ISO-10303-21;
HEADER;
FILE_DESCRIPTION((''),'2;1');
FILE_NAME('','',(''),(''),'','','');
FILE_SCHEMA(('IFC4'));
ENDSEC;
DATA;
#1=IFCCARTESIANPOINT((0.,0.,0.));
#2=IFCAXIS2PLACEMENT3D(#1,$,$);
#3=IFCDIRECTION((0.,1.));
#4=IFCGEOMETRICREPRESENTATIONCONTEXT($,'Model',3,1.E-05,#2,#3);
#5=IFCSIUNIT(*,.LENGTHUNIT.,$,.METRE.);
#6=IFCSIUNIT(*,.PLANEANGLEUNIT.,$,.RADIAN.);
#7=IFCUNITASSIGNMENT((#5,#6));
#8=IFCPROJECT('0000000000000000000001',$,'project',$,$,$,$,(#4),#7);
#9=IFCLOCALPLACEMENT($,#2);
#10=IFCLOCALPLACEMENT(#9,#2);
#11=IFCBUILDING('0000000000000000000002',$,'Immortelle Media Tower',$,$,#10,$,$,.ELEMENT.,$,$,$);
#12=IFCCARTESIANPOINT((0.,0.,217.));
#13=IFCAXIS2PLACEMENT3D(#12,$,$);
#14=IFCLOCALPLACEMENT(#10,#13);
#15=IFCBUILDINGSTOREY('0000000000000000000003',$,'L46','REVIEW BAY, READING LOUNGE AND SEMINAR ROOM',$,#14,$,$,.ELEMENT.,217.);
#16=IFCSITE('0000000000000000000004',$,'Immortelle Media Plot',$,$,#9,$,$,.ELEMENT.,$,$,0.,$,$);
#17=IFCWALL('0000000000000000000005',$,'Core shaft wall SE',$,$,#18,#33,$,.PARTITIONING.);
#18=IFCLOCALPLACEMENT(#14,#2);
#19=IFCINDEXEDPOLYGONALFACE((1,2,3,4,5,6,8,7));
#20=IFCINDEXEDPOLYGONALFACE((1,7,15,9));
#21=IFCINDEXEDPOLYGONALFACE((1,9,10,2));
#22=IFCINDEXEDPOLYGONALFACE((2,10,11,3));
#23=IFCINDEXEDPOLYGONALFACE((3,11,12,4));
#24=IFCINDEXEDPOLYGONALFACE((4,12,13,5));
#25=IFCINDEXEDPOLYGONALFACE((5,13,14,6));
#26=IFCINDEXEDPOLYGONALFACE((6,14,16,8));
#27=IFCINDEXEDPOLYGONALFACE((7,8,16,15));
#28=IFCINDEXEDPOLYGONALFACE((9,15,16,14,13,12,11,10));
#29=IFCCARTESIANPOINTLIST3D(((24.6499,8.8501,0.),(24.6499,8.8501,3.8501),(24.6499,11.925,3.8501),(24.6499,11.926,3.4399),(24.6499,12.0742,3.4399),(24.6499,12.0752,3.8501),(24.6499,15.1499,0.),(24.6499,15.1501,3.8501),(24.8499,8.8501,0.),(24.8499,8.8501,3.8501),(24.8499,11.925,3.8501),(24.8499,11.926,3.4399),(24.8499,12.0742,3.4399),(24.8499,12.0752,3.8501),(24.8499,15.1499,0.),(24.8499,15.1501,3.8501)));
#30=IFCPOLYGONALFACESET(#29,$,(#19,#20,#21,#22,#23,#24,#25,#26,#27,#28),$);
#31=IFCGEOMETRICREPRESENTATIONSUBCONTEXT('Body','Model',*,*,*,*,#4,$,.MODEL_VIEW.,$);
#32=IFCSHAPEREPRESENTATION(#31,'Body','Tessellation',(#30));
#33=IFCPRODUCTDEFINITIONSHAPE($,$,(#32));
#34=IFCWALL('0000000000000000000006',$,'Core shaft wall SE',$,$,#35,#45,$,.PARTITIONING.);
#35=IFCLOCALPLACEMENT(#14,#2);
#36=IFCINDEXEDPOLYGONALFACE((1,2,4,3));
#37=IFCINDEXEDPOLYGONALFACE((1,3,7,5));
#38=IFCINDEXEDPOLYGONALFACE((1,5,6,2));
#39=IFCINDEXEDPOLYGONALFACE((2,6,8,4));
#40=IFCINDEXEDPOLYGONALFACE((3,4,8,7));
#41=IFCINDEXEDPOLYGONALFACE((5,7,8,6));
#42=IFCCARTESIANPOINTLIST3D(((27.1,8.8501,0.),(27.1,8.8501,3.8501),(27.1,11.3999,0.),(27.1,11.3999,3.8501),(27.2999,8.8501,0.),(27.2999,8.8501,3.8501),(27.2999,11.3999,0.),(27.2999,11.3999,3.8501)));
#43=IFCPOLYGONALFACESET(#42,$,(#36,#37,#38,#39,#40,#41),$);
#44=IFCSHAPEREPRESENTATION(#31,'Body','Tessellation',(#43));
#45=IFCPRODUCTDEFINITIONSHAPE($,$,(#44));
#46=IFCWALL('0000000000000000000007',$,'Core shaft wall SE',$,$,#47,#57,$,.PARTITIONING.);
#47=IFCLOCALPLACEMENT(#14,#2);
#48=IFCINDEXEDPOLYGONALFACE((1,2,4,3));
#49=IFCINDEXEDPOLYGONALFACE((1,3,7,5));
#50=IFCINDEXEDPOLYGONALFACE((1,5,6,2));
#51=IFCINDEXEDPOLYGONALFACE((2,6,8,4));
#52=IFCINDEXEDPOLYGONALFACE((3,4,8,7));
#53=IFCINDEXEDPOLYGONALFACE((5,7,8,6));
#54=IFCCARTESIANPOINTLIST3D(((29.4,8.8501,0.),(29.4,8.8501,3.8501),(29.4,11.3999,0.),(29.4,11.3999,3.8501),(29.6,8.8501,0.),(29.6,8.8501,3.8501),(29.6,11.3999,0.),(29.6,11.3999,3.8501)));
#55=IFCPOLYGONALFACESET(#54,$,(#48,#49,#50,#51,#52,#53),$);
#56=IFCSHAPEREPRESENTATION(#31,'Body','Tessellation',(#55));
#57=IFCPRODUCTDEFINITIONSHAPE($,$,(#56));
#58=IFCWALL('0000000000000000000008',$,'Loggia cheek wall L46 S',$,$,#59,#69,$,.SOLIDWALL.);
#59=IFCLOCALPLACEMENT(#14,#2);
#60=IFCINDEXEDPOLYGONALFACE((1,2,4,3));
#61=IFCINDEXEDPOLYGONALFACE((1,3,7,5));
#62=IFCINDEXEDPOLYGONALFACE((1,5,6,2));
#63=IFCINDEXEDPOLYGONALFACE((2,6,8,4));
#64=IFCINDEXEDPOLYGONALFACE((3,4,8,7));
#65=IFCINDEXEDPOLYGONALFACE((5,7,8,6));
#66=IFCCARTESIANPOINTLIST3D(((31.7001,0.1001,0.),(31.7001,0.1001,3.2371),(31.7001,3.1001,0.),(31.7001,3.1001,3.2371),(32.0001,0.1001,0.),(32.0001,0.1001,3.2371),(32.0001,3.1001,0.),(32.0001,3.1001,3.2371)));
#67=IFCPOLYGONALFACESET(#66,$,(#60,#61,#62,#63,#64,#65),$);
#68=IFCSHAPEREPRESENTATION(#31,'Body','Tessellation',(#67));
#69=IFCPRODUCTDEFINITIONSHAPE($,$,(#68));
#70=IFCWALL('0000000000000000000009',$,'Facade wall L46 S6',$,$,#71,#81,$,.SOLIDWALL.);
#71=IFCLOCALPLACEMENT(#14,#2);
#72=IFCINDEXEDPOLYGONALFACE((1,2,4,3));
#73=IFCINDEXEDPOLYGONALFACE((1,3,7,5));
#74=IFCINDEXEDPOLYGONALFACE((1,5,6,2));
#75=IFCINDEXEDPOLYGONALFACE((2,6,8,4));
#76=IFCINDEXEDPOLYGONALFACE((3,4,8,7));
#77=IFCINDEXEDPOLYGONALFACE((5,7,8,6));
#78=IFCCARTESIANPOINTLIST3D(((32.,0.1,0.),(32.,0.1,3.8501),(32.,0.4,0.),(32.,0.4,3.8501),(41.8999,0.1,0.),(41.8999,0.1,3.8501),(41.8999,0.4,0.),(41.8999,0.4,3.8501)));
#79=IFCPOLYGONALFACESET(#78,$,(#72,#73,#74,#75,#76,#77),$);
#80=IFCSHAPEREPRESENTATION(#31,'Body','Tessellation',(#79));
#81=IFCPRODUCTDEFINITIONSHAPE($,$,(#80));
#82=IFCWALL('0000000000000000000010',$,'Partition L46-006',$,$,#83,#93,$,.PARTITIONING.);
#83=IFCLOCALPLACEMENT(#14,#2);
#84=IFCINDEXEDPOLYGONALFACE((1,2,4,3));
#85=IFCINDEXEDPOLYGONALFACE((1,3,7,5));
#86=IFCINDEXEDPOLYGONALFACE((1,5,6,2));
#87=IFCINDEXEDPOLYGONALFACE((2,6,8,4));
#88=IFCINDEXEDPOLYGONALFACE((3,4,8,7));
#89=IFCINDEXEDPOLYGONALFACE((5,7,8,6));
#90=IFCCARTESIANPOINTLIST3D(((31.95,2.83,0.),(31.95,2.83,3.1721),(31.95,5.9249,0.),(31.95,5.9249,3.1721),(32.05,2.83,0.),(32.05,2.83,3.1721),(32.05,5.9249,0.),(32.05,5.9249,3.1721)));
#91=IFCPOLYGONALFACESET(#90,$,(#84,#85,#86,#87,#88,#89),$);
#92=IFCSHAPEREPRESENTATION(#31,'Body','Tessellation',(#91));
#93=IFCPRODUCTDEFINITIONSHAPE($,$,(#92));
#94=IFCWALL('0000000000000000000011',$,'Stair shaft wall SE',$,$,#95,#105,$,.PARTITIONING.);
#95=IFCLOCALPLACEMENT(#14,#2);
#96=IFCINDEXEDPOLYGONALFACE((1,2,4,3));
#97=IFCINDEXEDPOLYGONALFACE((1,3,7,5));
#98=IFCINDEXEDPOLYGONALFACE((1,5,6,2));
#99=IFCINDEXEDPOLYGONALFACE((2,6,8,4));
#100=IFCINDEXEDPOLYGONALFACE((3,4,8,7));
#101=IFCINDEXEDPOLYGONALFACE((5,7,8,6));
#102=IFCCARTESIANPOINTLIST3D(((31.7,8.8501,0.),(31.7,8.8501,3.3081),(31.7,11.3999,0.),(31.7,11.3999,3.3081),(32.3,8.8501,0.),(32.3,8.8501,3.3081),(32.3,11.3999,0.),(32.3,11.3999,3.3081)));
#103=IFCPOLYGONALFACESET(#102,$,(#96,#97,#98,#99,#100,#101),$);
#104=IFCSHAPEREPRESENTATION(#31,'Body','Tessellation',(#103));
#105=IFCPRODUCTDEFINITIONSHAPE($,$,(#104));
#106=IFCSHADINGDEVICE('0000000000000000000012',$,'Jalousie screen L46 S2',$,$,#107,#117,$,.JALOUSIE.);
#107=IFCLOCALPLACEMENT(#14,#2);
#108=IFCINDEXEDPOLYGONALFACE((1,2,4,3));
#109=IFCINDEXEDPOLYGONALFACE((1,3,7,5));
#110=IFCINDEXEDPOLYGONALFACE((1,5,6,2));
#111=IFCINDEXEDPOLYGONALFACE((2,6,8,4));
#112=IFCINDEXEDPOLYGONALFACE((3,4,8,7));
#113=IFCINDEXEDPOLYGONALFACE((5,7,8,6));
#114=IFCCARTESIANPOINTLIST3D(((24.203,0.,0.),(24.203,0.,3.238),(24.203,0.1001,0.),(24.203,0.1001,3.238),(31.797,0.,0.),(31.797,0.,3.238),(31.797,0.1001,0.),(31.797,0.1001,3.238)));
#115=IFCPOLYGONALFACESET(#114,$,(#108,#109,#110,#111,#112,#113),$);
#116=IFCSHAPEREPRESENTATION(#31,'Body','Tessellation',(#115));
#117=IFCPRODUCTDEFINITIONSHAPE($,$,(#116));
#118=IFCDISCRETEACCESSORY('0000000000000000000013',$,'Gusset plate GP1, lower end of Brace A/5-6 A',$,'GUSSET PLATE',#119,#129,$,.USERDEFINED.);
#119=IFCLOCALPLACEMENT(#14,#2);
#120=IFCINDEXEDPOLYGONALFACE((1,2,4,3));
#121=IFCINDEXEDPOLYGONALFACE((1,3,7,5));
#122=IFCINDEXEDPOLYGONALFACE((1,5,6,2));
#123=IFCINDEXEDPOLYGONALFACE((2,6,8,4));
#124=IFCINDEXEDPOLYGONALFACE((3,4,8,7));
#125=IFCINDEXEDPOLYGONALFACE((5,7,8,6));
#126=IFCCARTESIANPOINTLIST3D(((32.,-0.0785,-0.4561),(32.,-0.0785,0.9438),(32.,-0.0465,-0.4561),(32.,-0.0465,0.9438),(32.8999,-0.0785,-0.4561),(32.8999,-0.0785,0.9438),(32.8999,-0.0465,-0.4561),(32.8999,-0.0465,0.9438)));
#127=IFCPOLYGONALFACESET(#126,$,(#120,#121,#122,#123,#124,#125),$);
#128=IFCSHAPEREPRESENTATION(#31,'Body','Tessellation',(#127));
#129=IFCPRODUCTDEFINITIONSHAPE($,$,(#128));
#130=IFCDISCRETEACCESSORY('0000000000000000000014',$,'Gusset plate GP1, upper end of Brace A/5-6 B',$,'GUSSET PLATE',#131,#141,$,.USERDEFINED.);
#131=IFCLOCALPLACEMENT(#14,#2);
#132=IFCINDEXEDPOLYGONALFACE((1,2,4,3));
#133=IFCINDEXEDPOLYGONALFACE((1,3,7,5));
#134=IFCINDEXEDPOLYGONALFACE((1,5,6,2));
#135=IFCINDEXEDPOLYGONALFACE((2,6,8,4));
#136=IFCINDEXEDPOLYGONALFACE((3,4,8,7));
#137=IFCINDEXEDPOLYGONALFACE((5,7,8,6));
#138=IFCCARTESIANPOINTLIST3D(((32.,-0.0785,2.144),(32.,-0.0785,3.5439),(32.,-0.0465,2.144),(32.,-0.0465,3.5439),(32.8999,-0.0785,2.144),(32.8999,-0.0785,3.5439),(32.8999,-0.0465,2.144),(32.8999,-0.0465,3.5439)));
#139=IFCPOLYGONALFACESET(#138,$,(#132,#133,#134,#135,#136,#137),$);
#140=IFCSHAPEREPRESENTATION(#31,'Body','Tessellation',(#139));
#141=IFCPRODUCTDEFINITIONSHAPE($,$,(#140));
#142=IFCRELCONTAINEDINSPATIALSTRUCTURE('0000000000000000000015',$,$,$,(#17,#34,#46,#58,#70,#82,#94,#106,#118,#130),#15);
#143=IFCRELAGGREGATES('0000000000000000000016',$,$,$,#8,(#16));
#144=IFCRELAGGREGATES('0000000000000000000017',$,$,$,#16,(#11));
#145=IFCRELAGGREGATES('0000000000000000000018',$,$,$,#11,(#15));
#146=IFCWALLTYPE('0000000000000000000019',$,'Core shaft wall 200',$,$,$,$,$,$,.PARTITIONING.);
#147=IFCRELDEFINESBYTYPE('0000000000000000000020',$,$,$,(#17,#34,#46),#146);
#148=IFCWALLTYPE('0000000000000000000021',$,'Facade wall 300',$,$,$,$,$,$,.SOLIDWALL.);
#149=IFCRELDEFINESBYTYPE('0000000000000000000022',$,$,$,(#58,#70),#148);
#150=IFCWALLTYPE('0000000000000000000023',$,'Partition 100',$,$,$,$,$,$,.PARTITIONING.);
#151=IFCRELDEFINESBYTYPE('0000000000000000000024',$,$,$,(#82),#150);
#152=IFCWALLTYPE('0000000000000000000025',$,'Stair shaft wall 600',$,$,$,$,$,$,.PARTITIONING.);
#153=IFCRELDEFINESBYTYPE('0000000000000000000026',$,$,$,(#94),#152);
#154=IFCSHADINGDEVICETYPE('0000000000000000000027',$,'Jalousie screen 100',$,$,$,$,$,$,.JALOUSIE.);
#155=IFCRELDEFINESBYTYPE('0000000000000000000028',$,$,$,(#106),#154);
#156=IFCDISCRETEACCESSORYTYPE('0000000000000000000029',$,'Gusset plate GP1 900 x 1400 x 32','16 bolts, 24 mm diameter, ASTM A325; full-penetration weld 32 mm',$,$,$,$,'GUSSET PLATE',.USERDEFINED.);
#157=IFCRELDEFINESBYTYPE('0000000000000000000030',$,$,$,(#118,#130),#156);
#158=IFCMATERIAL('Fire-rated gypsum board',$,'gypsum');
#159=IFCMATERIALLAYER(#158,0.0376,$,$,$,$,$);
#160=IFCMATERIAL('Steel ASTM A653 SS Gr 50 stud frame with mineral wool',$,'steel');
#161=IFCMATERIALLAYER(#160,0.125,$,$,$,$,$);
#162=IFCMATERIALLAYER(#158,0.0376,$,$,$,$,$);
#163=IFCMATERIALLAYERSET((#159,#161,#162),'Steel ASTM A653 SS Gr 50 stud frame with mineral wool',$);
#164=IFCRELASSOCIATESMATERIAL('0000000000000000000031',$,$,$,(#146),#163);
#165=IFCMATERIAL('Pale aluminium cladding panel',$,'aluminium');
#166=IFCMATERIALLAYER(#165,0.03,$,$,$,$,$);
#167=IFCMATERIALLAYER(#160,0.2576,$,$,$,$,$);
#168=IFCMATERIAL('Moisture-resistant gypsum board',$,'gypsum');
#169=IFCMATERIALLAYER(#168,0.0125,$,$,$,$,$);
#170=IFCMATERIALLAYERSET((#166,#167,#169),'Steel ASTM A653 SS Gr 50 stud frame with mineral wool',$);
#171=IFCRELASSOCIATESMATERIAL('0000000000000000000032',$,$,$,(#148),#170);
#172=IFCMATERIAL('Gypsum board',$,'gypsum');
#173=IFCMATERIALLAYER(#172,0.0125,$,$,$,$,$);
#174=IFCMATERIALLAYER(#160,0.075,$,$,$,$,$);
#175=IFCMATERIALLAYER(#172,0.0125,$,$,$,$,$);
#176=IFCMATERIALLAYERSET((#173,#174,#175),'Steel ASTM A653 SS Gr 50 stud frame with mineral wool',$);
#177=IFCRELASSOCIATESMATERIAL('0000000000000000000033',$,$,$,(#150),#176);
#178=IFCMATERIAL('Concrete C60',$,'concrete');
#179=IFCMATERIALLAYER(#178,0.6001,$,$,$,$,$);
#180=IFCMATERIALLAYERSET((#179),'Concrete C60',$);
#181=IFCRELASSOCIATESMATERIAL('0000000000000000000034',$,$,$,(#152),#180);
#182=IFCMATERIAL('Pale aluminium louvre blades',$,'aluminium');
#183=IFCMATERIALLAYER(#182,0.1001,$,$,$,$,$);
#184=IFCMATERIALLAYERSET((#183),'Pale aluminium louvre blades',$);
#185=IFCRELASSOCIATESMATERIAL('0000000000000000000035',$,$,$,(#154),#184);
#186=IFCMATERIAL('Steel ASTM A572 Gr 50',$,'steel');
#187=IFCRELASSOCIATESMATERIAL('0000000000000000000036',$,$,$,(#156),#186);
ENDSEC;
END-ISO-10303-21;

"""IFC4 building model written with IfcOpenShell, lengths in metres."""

from ifc_helpers import new_model, si_unit, direction, frame, frame_2d, origin, origin_2d, place, context, subcontext, project, spatial, polyline, rectangle, outline, extrude, material, layer, layer_set, material_profile, profile_set, type_object, element, save


model = new_model("IFC4")

# Units and contexts
model_context = context("Model", 3, precision=1e-05, world=origin(), true_north=direction((0.0, 1.0)))
body_context = subcontext(model_context, "Body", "Model", "MODEL_VIEW")
ifc_project = project(units=[si_unit("LENGTHUNIT", "METRE"), si_unit("PLANEANGLEUNIT", "RADIAN")], contexts=[model_context])

# Site, building, storey
site_placement = place(None, origin())
site = spatial("IfcSite", under=ifc_project, at=site_placement, Name="Immortelle Media Plot", CompositionType="ELEMENT", RefElevation=0.0)
building_placement = place(site_placement, origin())
building = spatial("IfcBuilding", under=site, at=building_placement, Name="Immortelle Media Tower", CompositionType="ELEMENT")
storey_placement = place(building_placement, frame((0.0, 0.0, 217.0)))
storey = spatial("IfcBuildingStorey", under=building, at=storey_placement, Name="L46", Description="REVIEW BAY, READING LOUNGE AND SEMINAR ROOM", CompositionType="ELEMENT", Elevation=217.0)

# Walls
ifc_material_1 = material(Name="Fire-rated gypsum board", Category="gypsum")
ifc_layer_1 = layer(ifc_material_1, 0.0376)
ifc_material_2 = material(Name="Steel ASTM A653 SS Gr 50 stud frame with mineral wool", Category="steel")
ifc_layer_2 = layer(ifc_material_2, 0.125)
ifc_layer_3 = layer(ifc_material_1, 0.0376)
ifc_layer_set_1 = layer_set([ifc_layer_1, ifc_layer_2, ifc_layer_3], Name="Steel ASTM A653 SS Gr 50 stud frame with mineral wool")
wall_type_1 = type_object("IfcWallType", Name="Core shaft wall 200", PredefinedType="PARTITIONING", material=ifc_layer_set_1)
wall_1_placement = place(storey_placement, frame((24.75, 8.8501, 0.0), z_axis=(0.0, 0.0, 1.0), x_axis=(0.0, 1.0, 0.0)))
element("IfcWall", 1, at=wall_1_placement, inside=storey, type_object=wall_type_1, Name="Core shaft wall SE", PredefinedType="PARTITIONING", context=body_context, shape_type="SweptSolid", body=[
    extrude(outline(polyline([(0.0, 0.0), (6.2998, 0.0), (6.3, 3.8501), (3.2251, 3.8501), (3.2241, 3.4399), (3.0759, 3.4399), (3.075, 3.8501), (0.0, 3.8501), (0.0, 0.0)])), frame((0.0, 0.1001, 0.0), z_axis=(0.0, -1.0, 0.0), x_axis=(1.0, 0.0, 0.0)), (0.0, 0.0, 1.0), 0.2),
])
for number, where, z_axis, x_axis, name in (
    (2, (27.2, 8.8501, 0.0), (0.0, 0.0, 1.0), (0.0, 1.0, 0.0), "Core shaft wall SE"),
    (3, (29.5, 8.8501, 0.0), (0.0, 0.0, 1.0), (0.0, 1.0, 0.0), "Core shaft wall SE"),
):
    element("IfcWall", number, at=place(storey_placement, frame(where, z_axis=z_axis, x_axis=x_axis)), inside=storey, type_object=wall_type_1, Name=name, PredefinedType="PARTITIONING", context=body_context, shape_type="SweptSolid", body=[
        extrude(rectangle(XDim=2.5498, YDim=0.2, at=frame_2d((1.2749, 0.0))), origin(), (0.0, 0.0, 1.0), 3.8501),
    ])
ifc_material_3 = material(Name="Pale aluminium cladding panel", Category="aluminium")
ifc_layer_4 = layer(ifc_material_3, 0.03)
ifc_layer_5 = layer(ifc_material_2, 0.2576)
ifc_material_4 = material(Name="Moisture-resistant gypsum board", Category="gypsum")
ifc_layer_6 = layer(ifc_material_4, 0.0125)
ifc_layer_set_2 = layer_set([ifc_layer_4, ifc_layer_5, ifc_layer_6], Name="Steel ASTM A653 SS Gr 50 stud frame with mineral wool")
wall_type_2 = type_object("IfcWallType", Name="Facade wall 300", PredefinedType="SOLIDWALL", material=ifc_layer_set_2)
wall_2_placement = place(storey_placement, frame((31.8501, 0.1001, 0.0), z_axis=(0.0, 0.0, 1.0), x_axis=(0.0, 1.0, 0.0)))
element("IfcWall", 4, at=wall_2_placement, inside=storey, type_object=wall_type_2, Name="Loggia cheek wall L46 S", PredefinedType="SOLIDWALL", context=body_context, shape_type="SweptSolid", body=[
    extrude(rectangle(XDim=3.0, YDim=0.3, at=frame_2d((1.5, 0.0))), origin(), (0.0, 0.0, 1.0), 3.2371),
])
wall_3_placement = place(storey_placement, frame((32.0, 0.25, 0.0), z_axis=(0.0, 0.0, 1.0), x_axis=(1.0, 0.0, 0.0)))
element("IfcWall", 5, at=wall_3_placement, inside=storey, type_object=wall_type_2, Name="Facade wall L46 S6", PredefinedType="SOLIDWALL", context=body_context, shape_type="SweptSolid", body=[
    extrude(rectangle(XDim=9.8999, YDim=0.3, at=frame_2d((4.95, 0.0))), origin(), (0.0, 0.0, 1.0), 3.8501),
])
ifc_material_5 = material(Name="Gypsum board", Category="gypsum")
ifc_layer_7 = layer(ifc_material_5, 0.0125)
ifc_layer_8 = layer(ifc_material_2, 0.075)
ifc_layer_9 = layer(ifc_material_5, 0.0125)
ifc_layer_set_3 = layer_set([ifc_layer_7, ifc_layer_8, ifc_layer_9], Name="Steel ASTM A653 SS Gr 50 stud frame with mineral wool")
wall_type_3 = type_object("IfcWallType", Name="Partition 100", PredefinedType="PARTITIONING", material=ifc_layer_set_3)
wall_4_placement = place(storey_placement, frame((32.0, 2.8301, 0.0), z_axis=(0.0, 0.0, 1.0), x_axis=(0.0, 1.0, 0.0)))
element("IfcWall", 6, at=wall_4_placement, inside=storey, type_object=wall_type_3, Name="Partition L46-006", PredefinedType="PARTITIONING", context=body_context, shape_type="SweptSolid", body=[
    extrude(rectangle(XDim=3.095, YDim=0.1001, at=frame_2d((1.5474, 0.0))), origin(), (0.0, 0.0, 1.0), 3.1721),
])
ifc_material_6 = material(Name="Concrete C60", Category="concrete")
ifc_layer_10 = layer(ifc_material_6, 0.6001)
ifc_layer_set_4 = layer_set([ifc_layer_10], Name="Concrete C60")
wall_type_4 = type_object("IfcWallType", Name="Stair shaft wall 600", PredefinedType="PARTITIONING", material=ifc_layer_set_4)
wall_5_placement = place(storey_placement, frame((32.0, 8.8501, 0.0), z_axis=(0.0, 0.0, 1.0), x_axis=(0.0, 1.0, 0.0)))
element("IfcWall", 7, at=wall_5_placement, inside=storey, type_object=wall_type_4, Name="Stair shaft wall SE", PredefinedType="PARTITIONING", context=body_context, shape_type="SweptSolid", body=[
    extrude(rectangle(XDim=2.5498, YDim=0.6001, at=frame_2d((1.2749, 0.0))), origin(), (0.0, 0.0, 1.0), 3.3081),
])

# Shading device
ifc_material_7 = material(Name="Pale aluminium louvre blades", Category="aluminium")
ifc_layer_11 = layer(ifc_material_7, 0.1001)
ifc_layer_set_5 = layer_set([ifc_layer_11], Name="Pale aluminium louvre blades")
shading_device_type = type_object("IfcShadingDeviceType", Name="Jalousie screen 100", PredefinedType="JALOUSIE", material=ifc_layer_set_5)
shading_device_placement = place(storey_placement, frame((28.0, 0.05, 0.0), z_axis=(0.0, 0.0, 1.0), x_axis=(1.0, 0.0, 0.0)))
element("IfcShadingDevice", 8, at=shading_device_placement, inside=storey, type_object=shading_device_type, Name="Jalousie screen L46 S2", PredefinedType="JALOUSIE", context=body_context, shape_type="SweptSolid", body=[
    extrude(rectangle(XDim=7.594, YDim=0.1001, at=origin_2d()), origin(), (0.0, 0.0, 1.0), 3.238),
])

# Discrete accessories
ifc_material_8 = material(Name="Steel ASTM A572 Gr 50", Category="steel")
ifc_material_profile_1 = material_profile(ifc_material_8, rectangle(XDim=0.032, YDim=1.3999, at=origin_2d()), Name="PL 32 x 1400")
ifc_profile_set_1 = profile_set([ifc_material_profile_1], Name="Steel ASTM A572 Gr 50")
discrete_accessory_type = type_object("IfcDiscreteAccessoryType", Name="Gusset plate GP1 900 x 1400 x 32", Description="16 bolts, 24 mm diameter, ASTM A325; full-penetration weld 32 mm", ElementType="GUSSET PLATE", PredefinedType="USERDEFINED", material=ifc_profile_set_1)
for number, where, z_axis, x_axis, name in (
    (9, (32.0, -0.0625, 0.2439), (1.0, 0.0, 0.0), (0.0, 1.0, 0.0), "Gusset plate GP1, lower end of Brace A/5-6 A"),
    (10, (32.0, -0.0625, 2.844), (1.0, 0.0, 0.0), (0.0, 1.0, 0.0), "Gusset plate GP1, upper end of Brace A/5-6 B"),
):
    element("IfcDiscreteAccessory", number, at=place(storey_placement, frame(where, z_axis=z_axis, x_axis=x_axis)), inside=storey, type_object=discrete_accessory_type, Name=name, ObjectType="GUSSET PLATE", PredefinedType="USERDEFINED", context=body_context, shape_type="SweptSolid", body=[
        extrude(rectangle(XDim=0.032, YDim=1.3999, at=origin_2d()), origin(), (0.0, 0.0, 1.0), 0.8999),
    ])

save(model, "model.ifc")
